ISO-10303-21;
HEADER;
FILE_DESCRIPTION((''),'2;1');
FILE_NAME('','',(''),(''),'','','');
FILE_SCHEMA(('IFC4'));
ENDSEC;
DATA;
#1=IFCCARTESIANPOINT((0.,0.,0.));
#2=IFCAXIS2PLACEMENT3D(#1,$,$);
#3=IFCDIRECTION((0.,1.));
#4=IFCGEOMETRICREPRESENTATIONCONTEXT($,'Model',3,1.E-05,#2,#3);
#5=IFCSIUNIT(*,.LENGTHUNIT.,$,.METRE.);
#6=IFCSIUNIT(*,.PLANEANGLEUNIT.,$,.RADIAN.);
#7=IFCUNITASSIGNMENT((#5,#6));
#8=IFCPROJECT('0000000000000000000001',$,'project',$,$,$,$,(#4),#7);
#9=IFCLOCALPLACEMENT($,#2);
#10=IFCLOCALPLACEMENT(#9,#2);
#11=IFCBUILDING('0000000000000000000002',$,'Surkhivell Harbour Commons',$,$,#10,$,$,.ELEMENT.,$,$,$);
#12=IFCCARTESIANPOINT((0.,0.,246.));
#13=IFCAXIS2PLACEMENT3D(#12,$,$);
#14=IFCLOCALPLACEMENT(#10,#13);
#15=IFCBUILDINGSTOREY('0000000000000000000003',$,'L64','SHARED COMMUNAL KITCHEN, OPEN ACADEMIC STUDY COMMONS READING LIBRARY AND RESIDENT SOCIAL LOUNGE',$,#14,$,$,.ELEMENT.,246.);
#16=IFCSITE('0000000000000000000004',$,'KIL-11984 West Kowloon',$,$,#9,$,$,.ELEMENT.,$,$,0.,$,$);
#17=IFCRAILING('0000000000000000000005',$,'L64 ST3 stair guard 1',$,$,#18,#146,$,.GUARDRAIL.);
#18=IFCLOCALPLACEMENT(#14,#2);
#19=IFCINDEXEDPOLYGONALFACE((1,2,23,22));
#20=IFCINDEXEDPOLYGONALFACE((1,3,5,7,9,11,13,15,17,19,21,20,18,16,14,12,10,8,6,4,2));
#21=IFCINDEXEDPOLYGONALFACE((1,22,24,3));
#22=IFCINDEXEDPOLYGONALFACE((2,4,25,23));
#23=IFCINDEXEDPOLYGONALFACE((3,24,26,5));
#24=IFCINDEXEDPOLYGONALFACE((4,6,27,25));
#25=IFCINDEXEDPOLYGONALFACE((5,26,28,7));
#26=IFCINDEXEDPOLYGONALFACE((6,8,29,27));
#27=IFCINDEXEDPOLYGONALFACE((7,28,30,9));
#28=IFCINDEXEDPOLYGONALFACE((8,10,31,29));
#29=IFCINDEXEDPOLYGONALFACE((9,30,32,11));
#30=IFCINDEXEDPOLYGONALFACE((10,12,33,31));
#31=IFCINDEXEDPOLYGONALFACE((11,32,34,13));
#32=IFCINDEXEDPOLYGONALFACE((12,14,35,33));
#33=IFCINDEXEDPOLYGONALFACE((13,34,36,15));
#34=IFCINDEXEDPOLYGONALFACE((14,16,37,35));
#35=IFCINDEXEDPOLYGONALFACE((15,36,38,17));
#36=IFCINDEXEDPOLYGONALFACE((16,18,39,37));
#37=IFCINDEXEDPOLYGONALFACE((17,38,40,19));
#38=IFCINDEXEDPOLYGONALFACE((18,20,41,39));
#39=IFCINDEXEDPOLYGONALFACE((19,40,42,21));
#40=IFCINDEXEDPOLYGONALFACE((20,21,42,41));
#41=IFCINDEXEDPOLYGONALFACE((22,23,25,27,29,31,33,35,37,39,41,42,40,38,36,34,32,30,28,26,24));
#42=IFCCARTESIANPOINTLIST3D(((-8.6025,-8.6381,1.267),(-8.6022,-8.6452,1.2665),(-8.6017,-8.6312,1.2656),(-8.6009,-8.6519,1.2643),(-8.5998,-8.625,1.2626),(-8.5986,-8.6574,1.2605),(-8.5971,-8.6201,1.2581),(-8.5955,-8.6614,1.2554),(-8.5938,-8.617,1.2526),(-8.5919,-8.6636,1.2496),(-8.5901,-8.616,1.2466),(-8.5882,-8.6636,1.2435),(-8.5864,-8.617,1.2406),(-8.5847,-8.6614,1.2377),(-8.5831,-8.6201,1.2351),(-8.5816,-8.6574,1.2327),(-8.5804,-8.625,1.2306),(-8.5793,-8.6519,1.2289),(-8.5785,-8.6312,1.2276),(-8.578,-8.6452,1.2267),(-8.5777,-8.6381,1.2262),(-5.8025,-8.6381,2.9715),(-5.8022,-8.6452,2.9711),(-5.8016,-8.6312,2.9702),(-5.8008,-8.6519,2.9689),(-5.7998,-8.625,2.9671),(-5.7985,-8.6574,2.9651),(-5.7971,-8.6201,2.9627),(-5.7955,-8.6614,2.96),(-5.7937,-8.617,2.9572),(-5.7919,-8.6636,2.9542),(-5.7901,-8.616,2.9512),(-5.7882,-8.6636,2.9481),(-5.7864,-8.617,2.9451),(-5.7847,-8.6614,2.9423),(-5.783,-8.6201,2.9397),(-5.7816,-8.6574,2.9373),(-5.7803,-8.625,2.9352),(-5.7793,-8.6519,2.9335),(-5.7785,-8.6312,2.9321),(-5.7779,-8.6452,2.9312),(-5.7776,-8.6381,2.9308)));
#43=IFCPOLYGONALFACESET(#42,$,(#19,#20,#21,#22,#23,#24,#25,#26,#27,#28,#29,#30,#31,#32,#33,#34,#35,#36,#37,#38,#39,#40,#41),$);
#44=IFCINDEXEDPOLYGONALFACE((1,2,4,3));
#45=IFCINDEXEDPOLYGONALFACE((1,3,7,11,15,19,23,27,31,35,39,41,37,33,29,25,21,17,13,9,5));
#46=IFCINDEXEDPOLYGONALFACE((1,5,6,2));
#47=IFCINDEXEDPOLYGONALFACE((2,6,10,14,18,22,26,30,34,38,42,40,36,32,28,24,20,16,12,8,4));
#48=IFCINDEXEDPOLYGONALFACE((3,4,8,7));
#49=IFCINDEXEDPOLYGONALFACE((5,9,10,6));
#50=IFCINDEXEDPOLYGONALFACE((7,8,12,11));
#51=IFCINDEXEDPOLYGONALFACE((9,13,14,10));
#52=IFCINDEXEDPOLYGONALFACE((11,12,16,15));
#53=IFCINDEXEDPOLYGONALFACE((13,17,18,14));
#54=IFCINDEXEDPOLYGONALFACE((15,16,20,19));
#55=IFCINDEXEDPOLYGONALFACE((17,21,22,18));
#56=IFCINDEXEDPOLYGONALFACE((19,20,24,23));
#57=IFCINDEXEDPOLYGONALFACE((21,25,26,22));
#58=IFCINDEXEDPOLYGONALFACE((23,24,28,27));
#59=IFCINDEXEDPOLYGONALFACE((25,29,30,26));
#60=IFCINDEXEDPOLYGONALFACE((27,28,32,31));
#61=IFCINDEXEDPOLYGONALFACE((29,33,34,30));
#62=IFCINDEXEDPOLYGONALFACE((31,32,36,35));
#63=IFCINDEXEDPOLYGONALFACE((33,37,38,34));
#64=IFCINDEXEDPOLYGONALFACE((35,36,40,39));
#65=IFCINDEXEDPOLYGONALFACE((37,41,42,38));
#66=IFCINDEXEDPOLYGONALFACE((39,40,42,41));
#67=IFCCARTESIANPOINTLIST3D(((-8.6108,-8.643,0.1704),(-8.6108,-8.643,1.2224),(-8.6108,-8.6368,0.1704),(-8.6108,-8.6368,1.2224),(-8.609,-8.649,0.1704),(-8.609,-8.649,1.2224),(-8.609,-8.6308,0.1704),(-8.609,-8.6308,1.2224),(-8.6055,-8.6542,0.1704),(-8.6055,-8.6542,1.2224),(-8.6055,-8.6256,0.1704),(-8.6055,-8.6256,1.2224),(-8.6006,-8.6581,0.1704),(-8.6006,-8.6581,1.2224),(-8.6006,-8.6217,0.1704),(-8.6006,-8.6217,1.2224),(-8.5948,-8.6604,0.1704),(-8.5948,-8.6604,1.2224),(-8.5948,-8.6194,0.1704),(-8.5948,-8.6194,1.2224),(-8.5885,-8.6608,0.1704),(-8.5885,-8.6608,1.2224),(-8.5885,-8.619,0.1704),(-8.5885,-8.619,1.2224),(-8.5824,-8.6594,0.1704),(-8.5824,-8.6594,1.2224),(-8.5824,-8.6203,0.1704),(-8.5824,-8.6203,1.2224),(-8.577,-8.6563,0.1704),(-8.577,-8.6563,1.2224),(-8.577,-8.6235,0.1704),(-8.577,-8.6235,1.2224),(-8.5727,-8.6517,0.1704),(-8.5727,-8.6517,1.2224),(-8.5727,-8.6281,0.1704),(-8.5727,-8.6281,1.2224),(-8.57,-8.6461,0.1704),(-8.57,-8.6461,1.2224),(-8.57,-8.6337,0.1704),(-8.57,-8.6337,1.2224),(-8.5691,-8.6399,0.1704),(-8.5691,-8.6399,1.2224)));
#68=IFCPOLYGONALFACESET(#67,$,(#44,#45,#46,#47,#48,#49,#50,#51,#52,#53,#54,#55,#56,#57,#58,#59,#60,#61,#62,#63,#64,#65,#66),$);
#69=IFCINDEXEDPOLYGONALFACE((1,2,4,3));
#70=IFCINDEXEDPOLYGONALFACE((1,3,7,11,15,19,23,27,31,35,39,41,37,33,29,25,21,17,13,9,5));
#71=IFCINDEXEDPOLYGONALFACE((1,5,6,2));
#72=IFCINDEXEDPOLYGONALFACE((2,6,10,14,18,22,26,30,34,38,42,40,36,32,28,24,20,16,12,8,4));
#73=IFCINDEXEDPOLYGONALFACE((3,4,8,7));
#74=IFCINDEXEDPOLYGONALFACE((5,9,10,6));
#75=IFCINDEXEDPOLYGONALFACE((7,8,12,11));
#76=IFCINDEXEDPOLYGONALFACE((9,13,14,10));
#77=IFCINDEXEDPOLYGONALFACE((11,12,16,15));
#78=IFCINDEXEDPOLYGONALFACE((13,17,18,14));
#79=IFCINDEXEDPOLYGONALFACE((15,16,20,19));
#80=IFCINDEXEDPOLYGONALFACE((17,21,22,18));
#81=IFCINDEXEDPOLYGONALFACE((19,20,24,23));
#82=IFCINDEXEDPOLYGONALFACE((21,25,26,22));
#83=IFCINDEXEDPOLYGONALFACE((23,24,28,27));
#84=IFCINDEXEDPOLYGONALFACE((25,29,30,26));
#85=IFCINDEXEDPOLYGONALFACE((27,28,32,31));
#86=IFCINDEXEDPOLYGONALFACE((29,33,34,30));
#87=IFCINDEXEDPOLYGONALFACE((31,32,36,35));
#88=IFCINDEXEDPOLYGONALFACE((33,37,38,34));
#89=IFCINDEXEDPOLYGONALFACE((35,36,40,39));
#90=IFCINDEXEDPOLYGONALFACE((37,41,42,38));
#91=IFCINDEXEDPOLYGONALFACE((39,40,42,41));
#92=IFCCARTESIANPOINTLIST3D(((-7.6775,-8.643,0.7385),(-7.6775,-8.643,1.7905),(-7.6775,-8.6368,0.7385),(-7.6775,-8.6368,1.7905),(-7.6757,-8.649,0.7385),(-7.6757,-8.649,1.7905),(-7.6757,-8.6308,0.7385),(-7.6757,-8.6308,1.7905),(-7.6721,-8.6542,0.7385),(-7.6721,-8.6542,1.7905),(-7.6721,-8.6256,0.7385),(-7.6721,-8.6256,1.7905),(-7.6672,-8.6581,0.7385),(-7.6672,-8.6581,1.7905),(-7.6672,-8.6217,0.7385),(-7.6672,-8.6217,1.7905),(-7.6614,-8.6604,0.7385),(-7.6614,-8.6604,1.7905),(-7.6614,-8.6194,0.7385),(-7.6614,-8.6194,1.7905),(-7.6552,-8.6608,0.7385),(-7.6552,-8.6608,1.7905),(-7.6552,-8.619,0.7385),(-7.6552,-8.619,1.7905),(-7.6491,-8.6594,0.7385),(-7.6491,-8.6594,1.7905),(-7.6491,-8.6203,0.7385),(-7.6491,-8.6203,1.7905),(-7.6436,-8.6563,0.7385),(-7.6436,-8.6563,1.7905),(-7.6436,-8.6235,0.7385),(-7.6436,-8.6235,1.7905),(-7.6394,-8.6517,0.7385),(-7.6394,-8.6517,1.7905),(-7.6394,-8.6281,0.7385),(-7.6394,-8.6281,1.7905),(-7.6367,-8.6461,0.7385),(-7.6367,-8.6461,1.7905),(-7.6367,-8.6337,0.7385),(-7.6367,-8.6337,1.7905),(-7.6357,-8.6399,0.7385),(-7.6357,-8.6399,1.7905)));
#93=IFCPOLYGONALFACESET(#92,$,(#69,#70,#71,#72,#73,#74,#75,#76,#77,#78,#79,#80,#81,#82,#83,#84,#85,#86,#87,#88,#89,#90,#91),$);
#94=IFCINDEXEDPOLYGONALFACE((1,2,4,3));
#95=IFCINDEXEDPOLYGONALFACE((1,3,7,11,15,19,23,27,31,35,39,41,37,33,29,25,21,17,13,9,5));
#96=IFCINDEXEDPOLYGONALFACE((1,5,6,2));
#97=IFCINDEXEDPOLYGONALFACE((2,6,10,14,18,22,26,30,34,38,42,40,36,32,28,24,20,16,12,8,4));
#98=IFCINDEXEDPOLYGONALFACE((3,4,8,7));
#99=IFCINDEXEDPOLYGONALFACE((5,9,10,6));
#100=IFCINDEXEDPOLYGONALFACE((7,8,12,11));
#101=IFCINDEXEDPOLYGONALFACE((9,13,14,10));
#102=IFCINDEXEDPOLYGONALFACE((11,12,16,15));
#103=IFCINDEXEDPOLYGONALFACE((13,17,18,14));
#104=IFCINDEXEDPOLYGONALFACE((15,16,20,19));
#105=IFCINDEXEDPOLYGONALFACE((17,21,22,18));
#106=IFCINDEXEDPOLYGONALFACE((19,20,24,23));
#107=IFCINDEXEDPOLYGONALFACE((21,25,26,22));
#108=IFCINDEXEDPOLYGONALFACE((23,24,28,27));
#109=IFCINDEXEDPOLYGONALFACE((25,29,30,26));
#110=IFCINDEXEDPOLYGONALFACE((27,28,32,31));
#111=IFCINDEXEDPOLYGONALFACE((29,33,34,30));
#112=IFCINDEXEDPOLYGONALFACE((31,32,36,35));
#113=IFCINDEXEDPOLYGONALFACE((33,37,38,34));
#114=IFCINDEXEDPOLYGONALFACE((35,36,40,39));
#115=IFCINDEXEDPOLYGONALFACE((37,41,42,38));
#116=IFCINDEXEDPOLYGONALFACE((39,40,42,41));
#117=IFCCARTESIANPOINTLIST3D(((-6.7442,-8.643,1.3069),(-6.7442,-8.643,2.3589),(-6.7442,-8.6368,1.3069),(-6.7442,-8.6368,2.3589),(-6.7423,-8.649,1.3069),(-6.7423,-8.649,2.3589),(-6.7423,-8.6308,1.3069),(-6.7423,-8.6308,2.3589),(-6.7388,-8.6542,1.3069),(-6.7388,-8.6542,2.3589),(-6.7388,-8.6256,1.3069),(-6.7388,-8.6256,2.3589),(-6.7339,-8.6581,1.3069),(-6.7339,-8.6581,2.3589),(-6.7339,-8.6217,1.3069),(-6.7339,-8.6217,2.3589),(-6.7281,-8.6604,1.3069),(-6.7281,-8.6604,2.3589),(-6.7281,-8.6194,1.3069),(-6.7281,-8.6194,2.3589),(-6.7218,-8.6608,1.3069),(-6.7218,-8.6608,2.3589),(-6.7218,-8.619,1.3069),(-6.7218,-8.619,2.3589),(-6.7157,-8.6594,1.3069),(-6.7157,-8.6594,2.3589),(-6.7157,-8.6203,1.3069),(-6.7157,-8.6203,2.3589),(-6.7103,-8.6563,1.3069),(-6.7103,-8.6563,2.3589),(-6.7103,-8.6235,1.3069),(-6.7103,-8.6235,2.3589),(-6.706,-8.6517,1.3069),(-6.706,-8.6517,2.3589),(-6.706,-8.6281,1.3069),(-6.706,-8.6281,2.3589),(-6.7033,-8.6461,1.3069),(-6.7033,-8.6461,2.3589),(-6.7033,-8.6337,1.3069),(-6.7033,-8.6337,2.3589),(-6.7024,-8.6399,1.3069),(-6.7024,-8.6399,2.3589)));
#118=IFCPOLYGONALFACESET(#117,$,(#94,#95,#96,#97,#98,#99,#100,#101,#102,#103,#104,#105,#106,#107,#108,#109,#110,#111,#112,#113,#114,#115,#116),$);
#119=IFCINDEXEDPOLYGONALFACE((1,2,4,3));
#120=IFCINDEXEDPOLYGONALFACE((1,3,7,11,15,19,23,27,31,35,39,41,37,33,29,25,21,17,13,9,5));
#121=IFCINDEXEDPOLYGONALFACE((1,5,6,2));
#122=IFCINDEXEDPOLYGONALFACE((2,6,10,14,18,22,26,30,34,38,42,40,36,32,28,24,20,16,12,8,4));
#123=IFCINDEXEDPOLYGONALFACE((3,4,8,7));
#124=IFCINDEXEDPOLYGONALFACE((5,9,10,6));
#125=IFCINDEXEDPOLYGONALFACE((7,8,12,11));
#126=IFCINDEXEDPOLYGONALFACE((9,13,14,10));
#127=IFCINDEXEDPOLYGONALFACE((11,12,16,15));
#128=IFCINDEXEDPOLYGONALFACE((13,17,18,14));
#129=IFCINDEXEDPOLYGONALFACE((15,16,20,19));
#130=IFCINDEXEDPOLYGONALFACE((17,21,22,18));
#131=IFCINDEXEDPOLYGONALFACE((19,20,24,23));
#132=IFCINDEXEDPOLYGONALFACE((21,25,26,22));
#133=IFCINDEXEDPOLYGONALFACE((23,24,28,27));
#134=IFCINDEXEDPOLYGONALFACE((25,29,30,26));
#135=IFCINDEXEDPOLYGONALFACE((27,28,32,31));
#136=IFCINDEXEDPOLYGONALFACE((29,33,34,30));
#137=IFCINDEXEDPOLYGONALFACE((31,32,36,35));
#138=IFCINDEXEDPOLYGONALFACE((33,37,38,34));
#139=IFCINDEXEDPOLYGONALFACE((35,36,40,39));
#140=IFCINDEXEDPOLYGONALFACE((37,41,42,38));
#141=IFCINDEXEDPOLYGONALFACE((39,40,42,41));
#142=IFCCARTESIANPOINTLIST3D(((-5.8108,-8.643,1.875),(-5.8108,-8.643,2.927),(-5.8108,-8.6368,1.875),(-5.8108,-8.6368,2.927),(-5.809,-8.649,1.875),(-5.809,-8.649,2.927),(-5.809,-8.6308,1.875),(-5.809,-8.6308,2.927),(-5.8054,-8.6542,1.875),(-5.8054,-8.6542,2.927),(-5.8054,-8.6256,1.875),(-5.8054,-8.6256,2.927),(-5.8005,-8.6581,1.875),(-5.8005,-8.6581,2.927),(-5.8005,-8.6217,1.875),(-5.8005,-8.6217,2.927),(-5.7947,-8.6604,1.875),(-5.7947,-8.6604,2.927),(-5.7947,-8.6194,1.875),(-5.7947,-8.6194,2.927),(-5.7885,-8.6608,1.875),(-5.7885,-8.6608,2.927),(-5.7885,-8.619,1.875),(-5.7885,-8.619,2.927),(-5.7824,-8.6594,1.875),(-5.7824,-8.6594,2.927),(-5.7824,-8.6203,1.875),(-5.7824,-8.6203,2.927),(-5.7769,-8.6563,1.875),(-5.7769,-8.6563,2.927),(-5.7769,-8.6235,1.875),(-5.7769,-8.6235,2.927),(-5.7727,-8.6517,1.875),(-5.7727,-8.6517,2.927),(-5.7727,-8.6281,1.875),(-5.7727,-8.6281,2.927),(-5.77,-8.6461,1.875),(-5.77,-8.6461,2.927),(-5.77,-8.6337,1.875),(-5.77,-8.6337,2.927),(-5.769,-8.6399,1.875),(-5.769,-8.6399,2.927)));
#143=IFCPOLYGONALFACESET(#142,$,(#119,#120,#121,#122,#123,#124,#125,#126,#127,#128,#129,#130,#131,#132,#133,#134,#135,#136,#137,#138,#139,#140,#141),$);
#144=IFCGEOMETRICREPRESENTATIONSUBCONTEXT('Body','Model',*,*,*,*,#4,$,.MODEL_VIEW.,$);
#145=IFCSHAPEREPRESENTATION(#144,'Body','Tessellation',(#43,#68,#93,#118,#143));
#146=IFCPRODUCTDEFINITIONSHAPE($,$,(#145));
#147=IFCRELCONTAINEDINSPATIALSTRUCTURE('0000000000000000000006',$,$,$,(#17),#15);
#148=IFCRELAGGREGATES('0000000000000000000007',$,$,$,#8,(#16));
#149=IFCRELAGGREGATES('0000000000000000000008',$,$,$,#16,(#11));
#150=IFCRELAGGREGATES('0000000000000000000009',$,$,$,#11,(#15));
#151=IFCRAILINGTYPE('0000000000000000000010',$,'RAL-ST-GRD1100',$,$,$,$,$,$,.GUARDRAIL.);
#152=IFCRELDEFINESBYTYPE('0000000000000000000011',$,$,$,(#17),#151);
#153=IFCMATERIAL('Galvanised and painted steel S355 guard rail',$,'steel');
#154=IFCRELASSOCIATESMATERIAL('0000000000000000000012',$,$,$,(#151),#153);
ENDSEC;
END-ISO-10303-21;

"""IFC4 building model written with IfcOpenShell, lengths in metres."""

from ifc_helpers import new_model, si_unit, direction, frame, origin, origin_2d, place, context, subcontext, project, spatial, circle, extrude, material, type_object, element, save


model = new_model("IFC4")

# Units and contexts
model_context = context("Model", 3, precision=1e-05, world=origin(), true_north=direction((0.0, 1.0)))
body_context = subcontext(model_context, "Body", "Model", "MODEL_VIEW")
ifc_project = project(units=[si_unit("LENGTHUNIT", "METRE"), si_unit("PLANEANGLEUNIT", "RADIAN")], contexts=[model_context])

# Site, building, storey
site_placement = place(None, origin())
site = spatial("IfcSite", under=ifc_project, at=site_placement, Name="KIL-11984 West Kowloon", CompositionType="ELEMENT", RefElevation=0.0)
building_placement = place(site_placement, origin())
building = spatial("IfcBuilding", under=site, at=building_placement, Name="Surkhivell Harbour Commons", CompositionType="ELEMENT")
storey_placement = place(building_placement, frame((0.0, 0.0, 246.0)))
storey = spatial("IfcBuildingStorey", under=building, at=storey_placement, Name="L64", Description="SHARED COMMUNAL KITCHEN, OPEN ACADEMIC STUDY COMMONS READING LIBRARY AND RESIDENT SOCIAL LOUNGE", CompositionType="ELEMENT", Elevation=246.0)

# Railing
ifc_material_1 = material(Name="Galvanised and painted steel S355 guard rail", Category="steel")
railing_type_1 = type_object("IfcRailingType", Name="RAL-ST-GRD1100", PredefinedType="GUARDRAIL", material=ifc_material_1)
railing_1_placement = place(storey_placement, frame((-8.5901, -8.6399, 0.1704)))
element("IfcRailing", 1, at=railing_1_placement, inside=storey, type_object=railing_type_1, Name="L64 ST3 stair guard 1", PredefinedType="GUARDRAIL", context=body_context, shape_type="SweptSolid", body=[
    extrude(circle(Radius=0.0239, at=origin_2d()), frame((0.0, 0.0, 1.0762), z_axis=(0.85417, 0.0, 0.519994), x_axis=(0.0, 1.0, 0.0)), (0.0, 0.0, 1.0), 3.2781),
    extrude(circle(Radius=0.021, at=origin_2d()), origin(), (0.0, 0.0, 1.0), 1.052),
    extrude(circle(Radius=0.021, at=origin_2d()), frame((0.9333, 0.0, 0.5681)), (0.0, 0.0, 1.0), 1.052),
    extrude(circle(Radius=0.021, at=origin_2d()), frame((1.8667, 0.0, 1.1365)), (0.0, 0.0, 1.0), 1.052),
    extrude(circle(Radius=0.021, at=origin_2d()), frame((2.8, 0.0, 1.7046)), (0.0, 0.0, 1.0), 1.052),
])

save(model, "model.ifc")
